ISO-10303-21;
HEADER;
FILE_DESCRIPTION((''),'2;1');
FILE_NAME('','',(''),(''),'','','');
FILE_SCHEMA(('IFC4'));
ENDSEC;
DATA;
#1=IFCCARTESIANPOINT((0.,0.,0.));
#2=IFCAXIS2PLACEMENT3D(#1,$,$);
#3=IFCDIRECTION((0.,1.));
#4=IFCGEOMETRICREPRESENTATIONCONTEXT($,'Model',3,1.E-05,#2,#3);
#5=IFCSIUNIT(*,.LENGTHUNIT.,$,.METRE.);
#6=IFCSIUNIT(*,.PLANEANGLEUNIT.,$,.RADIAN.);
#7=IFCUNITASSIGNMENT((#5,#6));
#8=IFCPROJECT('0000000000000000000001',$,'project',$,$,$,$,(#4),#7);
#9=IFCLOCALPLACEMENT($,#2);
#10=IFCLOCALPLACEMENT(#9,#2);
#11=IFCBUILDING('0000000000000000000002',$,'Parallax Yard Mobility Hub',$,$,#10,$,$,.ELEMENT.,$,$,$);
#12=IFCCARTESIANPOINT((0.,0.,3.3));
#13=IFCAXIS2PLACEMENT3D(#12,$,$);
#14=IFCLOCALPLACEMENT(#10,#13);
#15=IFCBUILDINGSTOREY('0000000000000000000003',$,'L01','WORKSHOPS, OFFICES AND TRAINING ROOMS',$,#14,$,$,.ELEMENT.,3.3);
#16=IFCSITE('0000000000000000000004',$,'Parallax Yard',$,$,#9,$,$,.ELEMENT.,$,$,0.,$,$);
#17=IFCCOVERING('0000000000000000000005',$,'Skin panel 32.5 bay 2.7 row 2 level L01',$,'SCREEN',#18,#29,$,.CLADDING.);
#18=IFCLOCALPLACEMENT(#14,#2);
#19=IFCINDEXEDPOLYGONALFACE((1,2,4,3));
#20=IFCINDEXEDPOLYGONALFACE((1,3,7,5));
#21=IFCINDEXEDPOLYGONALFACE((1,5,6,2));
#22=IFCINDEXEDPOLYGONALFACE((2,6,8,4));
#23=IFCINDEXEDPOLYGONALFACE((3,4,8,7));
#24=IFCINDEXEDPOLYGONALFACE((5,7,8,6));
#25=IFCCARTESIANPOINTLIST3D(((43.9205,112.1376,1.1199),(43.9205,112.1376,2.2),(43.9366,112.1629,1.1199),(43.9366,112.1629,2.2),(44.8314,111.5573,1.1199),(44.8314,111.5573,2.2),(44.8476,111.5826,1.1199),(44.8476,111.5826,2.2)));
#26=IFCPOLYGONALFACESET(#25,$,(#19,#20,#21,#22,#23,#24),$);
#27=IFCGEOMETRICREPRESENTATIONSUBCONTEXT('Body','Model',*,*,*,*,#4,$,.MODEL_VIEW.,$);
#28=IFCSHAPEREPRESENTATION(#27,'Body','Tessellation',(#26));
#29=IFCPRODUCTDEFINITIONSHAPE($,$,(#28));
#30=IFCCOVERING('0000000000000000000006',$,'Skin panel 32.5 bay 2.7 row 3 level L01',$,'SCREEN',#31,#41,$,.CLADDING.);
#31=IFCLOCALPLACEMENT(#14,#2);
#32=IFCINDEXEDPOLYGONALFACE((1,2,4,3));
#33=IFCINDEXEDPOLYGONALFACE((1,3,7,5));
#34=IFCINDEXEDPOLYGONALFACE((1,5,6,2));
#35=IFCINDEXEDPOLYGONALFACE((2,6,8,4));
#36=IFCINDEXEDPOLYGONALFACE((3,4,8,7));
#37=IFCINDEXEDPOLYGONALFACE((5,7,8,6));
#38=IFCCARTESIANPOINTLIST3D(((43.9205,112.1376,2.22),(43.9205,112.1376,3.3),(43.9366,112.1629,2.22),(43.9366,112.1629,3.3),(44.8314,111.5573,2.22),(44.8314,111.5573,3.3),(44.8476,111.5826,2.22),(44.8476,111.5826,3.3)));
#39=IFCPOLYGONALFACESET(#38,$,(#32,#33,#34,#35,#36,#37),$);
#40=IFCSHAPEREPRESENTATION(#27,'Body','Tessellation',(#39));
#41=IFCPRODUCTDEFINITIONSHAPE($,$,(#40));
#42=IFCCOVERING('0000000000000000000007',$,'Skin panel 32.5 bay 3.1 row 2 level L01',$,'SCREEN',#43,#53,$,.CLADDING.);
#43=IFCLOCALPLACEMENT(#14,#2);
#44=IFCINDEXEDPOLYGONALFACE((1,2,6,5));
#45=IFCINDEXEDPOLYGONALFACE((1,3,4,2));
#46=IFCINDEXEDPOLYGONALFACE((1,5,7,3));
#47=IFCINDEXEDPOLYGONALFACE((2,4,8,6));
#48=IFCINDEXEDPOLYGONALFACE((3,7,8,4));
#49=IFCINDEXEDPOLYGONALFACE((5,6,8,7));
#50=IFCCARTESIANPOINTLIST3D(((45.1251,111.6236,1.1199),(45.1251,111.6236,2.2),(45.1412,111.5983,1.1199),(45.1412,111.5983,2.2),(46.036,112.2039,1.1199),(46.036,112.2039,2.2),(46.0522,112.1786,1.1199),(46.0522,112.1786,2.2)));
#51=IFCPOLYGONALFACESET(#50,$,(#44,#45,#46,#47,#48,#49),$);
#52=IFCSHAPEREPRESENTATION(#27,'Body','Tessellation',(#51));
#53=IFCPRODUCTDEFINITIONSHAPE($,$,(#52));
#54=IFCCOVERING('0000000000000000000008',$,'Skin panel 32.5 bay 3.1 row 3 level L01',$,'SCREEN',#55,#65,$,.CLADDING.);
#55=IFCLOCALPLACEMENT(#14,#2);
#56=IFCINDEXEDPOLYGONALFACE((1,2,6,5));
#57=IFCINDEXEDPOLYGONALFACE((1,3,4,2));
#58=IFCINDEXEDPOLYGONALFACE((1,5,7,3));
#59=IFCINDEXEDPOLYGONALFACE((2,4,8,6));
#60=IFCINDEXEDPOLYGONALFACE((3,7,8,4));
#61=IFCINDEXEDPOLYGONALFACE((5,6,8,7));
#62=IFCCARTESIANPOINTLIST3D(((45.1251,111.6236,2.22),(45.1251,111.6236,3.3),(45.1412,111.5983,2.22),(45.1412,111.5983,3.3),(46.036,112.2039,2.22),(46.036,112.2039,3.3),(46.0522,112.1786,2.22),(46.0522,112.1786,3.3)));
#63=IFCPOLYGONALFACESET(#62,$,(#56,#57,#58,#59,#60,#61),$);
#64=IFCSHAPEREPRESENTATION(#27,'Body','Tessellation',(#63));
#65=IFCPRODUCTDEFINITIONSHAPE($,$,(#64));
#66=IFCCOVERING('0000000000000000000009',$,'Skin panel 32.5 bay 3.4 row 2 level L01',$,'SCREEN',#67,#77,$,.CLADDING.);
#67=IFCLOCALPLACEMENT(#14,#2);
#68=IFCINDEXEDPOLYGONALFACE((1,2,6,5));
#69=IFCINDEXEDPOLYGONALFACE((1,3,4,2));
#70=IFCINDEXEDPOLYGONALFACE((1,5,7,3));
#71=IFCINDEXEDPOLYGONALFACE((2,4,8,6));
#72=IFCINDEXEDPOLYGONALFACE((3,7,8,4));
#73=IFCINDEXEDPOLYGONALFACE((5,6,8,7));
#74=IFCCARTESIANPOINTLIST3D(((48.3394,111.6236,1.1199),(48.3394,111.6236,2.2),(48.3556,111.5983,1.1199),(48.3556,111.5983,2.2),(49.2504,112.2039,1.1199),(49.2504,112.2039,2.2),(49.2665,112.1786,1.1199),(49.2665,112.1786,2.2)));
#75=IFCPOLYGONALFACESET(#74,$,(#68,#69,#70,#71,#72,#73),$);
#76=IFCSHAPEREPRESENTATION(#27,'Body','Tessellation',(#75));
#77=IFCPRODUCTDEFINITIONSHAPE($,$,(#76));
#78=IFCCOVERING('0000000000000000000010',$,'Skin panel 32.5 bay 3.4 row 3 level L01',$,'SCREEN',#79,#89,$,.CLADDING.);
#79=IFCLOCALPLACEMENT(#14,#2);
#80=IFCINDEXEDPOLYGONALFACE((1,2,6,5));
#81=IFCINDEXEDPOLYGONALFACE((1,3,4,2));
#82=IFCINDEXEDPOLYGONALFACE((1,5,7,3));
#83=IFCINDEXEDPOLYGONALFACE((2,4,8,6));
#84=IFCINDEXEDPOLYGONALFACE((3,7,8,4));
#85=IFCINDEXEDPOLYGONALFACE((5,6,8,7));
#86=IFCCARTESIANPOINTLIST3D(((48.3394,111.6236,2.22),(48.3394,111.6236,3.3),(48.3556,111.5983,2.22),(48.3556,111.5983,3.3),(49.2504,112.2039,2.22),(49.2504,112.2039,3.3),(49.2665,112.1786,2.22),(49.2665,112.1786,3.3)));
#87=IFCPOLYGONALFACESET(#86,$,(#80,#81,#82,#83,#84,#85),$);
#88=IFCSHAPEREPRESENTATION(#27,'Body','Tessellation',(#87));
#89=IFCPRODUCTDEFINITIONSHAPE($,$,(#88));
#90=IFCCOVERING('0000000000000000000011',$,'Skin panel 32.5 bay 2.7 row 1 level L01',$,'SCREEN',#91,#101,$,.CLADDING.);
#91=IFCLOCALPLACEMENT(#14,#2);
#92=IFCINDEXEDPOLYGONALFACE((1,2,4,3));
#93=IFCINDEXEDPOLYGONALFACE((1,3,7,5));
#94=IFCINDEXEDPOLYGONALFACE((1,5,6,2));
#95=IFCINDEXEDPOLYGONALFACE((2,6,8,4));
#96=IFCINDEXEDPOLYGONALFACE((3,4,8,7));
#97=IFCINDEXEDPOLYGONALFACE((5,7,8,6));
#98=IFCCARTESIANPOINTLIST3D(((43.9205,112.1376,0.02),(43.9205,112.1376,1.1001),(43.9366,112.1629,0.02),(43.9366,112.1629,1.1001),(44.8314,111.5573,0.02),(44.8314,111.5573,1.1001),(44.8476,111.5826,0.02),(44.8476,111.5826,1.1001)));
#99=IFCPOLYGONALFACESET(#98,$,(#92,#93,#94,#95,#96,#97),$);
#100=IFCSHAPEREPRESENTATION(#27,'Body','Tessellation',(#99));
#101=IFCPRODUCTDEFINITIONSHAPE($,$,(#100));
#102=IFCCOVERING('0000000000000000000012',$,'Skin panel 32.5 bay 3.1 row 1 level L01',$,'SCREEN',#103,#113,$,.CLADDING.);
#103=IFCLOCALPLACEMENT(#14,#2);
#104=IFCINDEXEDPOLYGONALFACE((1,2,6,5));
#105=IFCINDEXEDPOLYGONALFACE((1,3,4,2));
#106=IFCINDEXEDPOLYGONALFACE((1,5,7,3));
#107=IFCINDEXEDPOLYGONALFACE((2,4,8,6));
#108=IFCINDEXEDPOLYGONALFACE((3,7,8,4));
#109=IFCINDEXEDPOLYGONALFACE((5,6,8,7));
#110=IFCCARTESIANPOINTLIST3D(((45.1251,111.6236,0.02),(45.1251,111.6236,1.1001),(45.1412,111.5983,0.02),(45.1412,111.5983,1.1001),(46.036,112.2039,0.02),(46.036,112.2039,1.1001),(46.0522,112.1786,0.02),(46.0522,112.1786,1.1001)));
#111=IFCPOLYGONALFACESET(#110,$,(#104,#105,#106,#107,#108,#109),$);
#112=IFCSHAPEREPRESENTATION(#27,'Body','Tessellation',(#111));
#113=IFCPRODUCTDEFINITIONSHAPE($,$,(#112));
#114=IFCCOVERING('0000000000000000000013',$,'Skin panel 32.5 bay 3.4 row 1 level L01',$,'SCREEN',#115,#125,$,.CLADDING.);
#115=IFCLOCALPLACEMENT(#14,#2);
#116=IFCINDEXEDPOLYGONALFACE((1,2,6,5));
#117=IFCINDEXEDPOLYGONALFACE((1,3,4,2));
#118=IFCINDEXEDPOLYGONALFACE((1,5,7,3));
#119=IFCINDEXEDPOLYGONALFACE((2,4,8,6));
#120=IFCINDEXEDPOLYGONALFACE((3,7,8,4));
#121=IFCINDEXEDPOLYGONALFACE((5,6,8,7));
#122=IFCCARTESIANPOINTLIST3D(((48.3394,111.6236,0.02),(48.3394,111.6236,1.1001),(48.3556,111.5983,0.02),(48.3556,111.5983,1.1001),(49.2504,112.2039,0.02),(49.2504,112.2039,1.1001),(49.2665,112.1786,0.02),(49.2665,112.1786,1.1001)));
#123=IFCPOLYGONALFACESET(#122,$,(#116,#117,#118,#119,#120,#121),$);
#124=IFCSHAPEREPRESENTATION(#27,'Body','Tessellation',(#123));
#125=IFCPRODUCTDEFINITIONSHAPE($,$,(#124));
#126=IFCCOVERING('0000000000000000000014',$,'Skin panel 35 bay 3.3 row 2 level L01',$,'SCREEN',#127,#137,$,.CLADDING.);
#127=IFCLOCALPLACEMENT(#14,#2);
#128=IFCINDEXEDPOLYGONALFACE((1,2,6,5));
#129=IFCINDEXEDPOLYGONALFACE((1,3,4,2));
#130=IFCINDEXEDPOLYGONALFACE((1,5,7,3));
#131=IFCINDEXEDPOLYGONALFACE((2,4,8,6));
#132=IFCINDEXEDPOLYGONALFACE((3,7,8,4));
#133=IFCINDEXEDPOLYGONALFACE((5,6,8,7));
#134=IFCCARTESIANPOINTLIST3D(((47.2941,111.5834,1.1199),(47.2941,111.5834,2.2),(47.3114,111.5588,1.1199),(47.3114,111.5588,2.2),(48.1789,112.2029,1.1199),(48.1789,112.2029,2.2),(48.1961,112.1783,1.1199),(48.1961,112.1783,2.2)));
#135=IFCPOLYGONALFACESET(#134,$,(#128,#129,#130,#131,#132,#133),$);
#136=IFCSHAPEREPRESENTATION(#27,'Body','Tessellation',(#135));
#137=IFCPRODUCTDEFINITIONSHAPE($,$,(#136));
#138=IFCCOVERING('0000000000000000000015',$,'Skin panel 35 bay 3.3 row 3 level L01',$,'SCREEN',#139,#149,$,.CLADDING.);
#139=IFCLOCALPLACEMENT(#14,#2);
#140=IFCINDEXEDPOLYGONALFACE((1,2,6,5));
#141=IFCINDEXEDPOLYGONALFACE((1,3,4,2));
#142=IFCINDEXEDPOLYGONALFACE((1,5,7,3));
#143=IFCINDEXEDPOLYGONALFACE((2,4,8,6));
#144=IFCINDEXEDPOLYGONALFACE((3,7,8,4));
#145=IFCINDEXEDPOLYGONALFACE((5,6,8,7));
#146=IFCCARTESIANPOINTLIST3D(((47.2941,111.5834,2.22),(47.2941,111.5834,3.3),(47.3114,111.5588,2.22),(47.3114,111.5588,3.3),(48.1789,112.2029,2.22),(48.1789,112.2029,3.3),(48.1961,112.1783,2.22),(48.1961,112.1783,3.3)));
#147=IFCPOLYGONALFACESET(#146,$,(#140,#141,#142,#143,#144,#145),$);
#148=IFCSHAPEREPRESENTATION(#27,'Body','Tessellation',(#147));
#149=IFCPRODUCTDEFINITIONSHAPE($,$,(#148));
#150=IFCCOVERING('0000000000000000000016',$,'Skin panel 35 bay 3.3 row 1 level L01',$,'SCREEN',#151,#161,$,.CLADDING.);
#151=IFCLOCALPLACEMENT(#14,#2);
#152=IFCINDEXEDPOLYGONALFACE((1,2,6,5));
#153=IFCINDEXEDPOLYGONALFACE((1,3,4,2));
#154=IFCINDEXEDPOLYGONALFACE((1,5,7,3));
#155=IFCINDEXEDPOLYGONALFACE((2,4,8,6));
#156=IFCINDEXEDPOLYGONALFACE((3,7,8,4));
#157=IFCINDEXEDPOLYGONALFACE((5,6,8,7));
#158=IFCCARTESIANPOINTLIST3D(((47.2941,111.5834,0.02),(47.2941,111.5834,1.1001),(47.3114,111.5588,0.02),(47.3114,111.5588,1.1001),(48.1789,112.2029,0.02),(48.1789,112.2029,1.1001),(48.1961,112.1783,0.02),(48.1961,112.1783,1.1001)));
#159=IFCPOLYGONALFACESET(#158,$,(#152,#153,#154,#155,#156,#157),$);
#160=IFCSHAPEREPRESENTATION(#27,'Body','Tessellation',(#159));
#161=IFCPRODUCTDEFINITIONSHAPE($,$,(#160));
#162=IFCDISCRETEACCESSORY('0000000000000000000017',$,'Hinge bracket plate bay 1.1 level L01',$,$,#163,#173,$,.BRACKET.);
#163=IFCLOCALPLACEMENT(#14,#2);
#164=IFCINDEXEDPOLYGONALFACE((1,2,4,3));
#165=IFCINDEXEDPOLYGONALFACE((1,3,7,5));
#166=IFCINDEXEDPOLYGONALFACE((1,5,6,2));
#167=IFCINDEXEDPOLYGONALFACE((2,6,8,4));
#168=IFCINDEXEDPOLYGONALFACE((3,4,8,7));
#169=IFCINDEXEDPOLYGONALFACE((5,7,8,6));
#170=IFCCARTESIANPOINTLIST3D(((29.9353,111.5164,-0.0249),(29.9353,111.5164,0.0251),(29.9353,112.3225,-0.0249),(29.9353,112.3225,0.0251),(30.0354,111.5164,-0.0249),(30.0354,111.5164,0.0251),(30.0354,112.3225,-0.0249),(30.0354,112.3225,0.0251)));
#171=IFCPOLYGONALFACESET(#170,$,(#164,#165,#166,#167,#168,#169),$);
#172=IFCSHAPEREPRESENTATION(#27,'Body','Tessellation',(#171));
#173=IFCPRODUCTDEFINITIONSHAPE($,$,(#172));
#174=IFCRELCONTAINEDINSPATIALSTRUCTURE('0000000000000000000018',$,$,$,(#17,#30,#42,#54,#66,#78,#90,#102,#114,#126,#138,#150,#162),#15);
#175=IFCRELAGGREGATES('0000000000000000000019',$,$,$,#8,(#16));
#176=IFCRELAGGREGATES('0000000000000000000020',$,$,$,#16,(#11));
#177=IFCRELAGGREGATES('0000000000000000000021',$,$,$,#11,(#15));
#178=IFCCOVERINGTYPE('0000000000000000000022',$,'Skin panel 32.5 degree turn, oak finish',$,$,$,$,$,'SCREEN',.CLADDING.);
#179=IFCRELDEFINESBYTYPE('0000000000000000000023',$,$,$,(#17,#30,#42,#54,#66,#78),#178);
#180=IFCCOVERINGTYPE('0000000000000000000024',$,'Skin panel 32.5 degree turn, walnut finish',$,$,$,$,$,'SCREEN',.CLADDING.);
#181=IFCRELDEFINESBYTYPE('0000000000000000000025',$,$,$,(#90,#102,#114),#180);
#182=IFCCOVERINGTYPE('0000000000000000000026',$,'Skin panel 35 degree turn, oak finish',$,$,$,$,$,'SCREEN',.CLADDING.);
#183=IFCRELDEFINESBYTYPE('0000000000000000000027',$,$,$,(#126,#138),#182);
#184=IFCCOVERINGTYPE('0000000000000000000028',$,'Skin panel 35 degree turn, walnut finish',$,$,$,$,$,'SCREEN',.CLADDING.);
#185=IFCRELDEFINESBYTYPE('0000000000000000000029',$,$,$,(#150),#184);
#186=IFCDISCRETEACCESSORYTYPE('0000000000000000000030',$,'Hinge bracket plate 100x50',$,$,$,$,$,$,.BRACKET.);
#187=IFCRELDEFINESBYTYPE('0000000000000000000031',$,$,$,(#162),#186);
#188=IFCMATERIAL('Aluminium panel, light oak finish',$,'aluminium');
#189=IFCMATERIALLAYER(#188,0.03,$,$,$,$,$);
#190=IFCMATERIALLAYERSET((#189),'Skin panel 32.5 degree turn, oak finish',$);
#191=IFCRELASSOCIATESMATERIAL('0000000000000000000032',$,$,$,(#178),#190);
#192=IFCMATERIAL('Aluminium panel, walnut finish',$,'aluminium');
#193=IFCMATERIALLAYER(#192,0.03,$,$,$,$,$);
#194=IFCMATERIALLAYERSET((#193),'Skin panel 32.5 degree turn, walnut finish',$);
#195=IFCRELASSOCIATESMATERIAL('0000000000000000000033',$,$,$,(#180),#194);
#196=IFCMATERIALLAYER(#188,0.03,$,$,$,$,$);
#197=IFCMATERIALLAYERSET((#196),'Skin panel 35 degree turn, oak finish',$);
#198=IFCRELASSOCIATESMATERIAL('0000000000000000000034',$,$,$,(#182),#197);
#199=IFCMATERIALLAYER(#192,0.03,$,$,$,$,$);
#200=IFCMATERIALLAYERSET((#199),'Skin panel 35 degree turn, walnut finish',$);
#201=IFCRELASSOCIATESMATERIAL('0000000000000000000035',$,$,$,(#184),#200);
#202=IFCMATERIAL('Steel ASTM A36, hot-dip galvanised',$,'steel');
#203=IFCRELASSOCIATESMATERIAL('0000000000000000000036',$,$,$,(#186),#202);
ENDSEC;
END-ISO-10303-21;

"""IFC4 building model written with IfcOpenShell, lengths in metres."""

from ifc_helpers import new_model, si_unit, direction, frame, origin, origin_2d, place, context, subcontext, project, spatial, rectangle, extrude, material, layer, layer_set, type_object, element, save


model = new_model("IFC4")

# Units and contexts
model_context = context("Model", 3, precision=1e-05, world=origin(), true_north=direction((0.0, 1.0)))
body_context = subcontext(model_context, "Body", "Model", "MODEL_VIEW")
ifc_project = project(units=[si_unit("LENGTHUNIT", "METRE"), si_unit("PLANEANGLEUNIT", "RADIAN")], contexts=[model_context])

# Site, building, storey
site_placement = place(None, origin())
site = spatial("IfcSite", under=ifc_project, at=site_placement, Name="Parallax Yard", CompositionType="ELEMENT", RefElevation=0.0)
building_placement = place(site_placement, origin())
building = spatial("IfcBuilding", under=site, at=building_placement, Name="Parallax Yard Mobility Hub", CompositionType="ELEMENT")
storey_placement = place(building_placement, frame((0.0, 0.0, 3.3)))
storey = spatial("IfcBuildingStorey", under=building, at=storey_placement, Name="L01", Description="WORKSHOPS, OFFICES AND TRAINING ROOMS", CompositionType="ELEMENT", Elevation=3.3)

# Coverings
ifc_material_1 = material(Name="Aluminium panel, light oak finish", Category="aluminium")
ifc_material_2 = material(Name="Aluminium panel, walnut finish", Category="aluminium")
ifc_layer_1 = layer(ifc_material_1, 0.03)
ifc_layer_set_1 = layer_set([ifc_layer_1], Name="Skin panel 32.5 degree turn, oak finish")
covering_type_1 = type_object("IfcCoveringType", Name="Skin panel 32.5 degree turn, oak finish", ElementType="SCREEN", PredefinedType="CLADDING", material=ifc_layer_set_1)
for number, where, z_axis, x_axis, name in (
    (1, (44.384, 111.8601, 1.1199), (0.0, 0.0, 1.0), (0.843391, -0.5373, 0.0), "Skin panel 32.5 bay 2.7 row 2 level L01"),
    (2, (44.384, 111.8601, 2.22), (0.0, 0.0, 1.0), (0.843391, -0.5373, 0.0), "Skin panel 32.5 bay 2.7 row 3 level L01"),
    (3, (45.5886, 111.9011, 1.1199), (0.0, 0.0, 1.0), (-0.843391, -0.5373, 0.0), "Skin panel 32.5 bay 3.1 row 2 level L01"),
    (4, (45.5886, 111.9011, 2.22), (0.0, 0.0, 1.0), (-0.843391, -0.5373, 0.0), "Skin panel 32.5 bay 3.1 row 3 level L01"),
    (5, (48.803, 111.9011, 1.1199), (0.0, 0.0, 1.0), (-0.843391, -0.5373, 0.0), "Skin panel 32.5 bay 3.4 row 2 level L01"),
    (6, (48.803, 111.9011, 2.22), (0.0, 0.0, 1.0), (-0.843391, -0.5373, 0.0), "Skin panel 32.5 bay 3.4 row 3 level L01"),
):
    element("IfcCovering", number, at=place(storey_placement, frame(where, z_axis=z_axis, x_axis=x_axis)), inside=storey, type_object=covering_type_1, Name=name, ObjectType="SCREEN", PredefinedType="CLADDING", context=body_context, shape_type="SweptSolid", body=[
        extrude(rectangle(XDim=1.0801, YDim=0.03, at=origin_2d()), origin(), (0.0, 0.0, 1.0), 1.0801),
    ])
ifc_layer_2 = layer(ifc_material_2, 0.03)
ifc_layer_set_2 = layer_set([ifc_layer_2], Name="Skin panel 32.5 degree turn, walnut finish")
covering_type_2 = type_object("IfcCoveringType", Name="Skin panel 32.5 degree turn, walnut finish", ElementType="SCREEN", PredefinedType="CLADDING", material=ifc_layer_set_2)
for number, where, z_axis, x_axis, name in (
    (7, (44.384, 111.8601, 0.02), (0.0, 0.0, 1.0), (0.843391, -0.5373, 0.0), "Skin panel 32.5 bay 2.7 row 1 level L01"),
    (8, (45.5886, 111.9011, 0.02), (0.0, 0.0, 1.0), (-0.843391, -0.5373, 0.0), "Skin panel 32.5 bay 3.1 row 1 level L01"),
    (9, (48.803, 111.9011, 0.02), (0.0, 0.0, 1.0), (-0.843391, -0.5373, 0.0), "Skin panel 32.5 bay 3.4 row 1 level L01"),
):
    element("IfcCovering", number, at=place(storey_placement, frame(where, z_axis=z_axis, x_axis=x_axis)), inside=storey, type_object=covering_type_2, Name=name, ObjectType="SCREEN", PredefinedType="CLADDING", context=body_context, shape_type="SweptSolid", body=[
        extrude(rectangle(XDim=1.0801, YDim=0.03, at=origin_2d()), origin(), (0.0, 0.0, 1.0), 1.0801),
    ])
ifc_layer_3 = layer(ifc_material_1, 0.03)
ifc_layer_set_3 = layer_set([ifc_layer_3], Name="Skin panel 35 degree turn, oak finish")
covering_type_3 = type_object("IfcCoveringType", Name="Skin panel 35 degree turn, oak finish", ElementType="SCREEN", PredefinedType="CLADDING", material=ifc_layer_set_3)
for number, where, z_axis, x_axis, name in (
    (10, (47.7451, 111.8809, 1.1199), (0.0, 0.0, 1.0), (-0.819152, -0.573576, 0.0), "Skin panel 35 bay 3.3 row 2 level L01"),
    (11, (47.7451, 111.8809, 2.22), (0.0, 0.0, 1.0), (-0.819152, -0.573576, 0.0), "Skin panel 35 bay 3.3 row 3 level L01"),
):
    element("IfcCovering", number, at=place(storey_placement, frame(where, z_axis=z_axis, x_axis=x_axis)), inside=storey, type_object=covering_type_3, Name=name, ObjectType="SCREEN", PredefinedType="CLADDING", context=body_context, shape_type="SweptSolid", body=[
        extrude(rectangle(XDim=1.0801, YDim=0.03, at=origin_2d()), origin(), (0.0, 0.0, 1.0), 1.0801),
    ])
ifc_layer_4 = layer(ifc_material_2, 0.03)
ifc_layer_set_4 = layer_set([ifc_layer_4], Name="Skin panel 35 degree turn, walnut finish")
covering_type_4 = type_object("IfcCoveringType", Name="Skin panel 35 degree turn, walnut finish", ElementType="SCREEN", PredefinedType="CLADDING", material=ifc_layer_set_4)
covering_1_placement = place(storey_placement, frame((47.7451, 111.8809, 0.02), z_axis=(0.0, 0.0, 1.0), x_axis=(-0.819152, -0.573576, 0.0)))
element("IfcCovering", 12, at=covering_1_placement, inside=storey, type_object=covering_type_4, Name="Skin panel 35 bay 3.3 row 1 level L01", ObjectType="SCREEN", PredefinedType="CLADDING", context=body_context, shape_type="SweptSolid", body=[
    extrude(rectangle(XDim=1.0801, YDim=0.03, at=origin_2d()), origin(), (0.0, 0.0, 1.0), 1.0801),
])

# Discrete accessory
ifc_material_3 = material(Name="Steel ASTM A36, hot-dip galvanised", Category="steel")
discrete_accessory_type_1 = type_object("IfcDiscreteAccessoryType", Name="Hinge bracket plate 100x50", PredefinedType="BRACKET", material=ifc_material_3)
discrete_accessory_placement = place(storey_placement, frame((29.9854, 111.9194, -0.0249), z_axis=(0.0, 0.0, 1.0), x_axis=(0.0, -1.0, 0.0)))
element("IfcDiscreteAccessory", 13, at=discrete_accessory_placement, inside=storey, type_object=discrete_accessory_type_1, Name="Hinge bracket plate bay 1.1 level L01", PredefinedType="BRACKET", context=body_context, shape_type="SweptSolid", body=[
    extrude(rectangle(XDim=0.8062, YDim=0.1001, at=origin_2d()), origin(), (0.0, 0.0, 1.0), 0.05),
])

save(model, "model.ifc")
